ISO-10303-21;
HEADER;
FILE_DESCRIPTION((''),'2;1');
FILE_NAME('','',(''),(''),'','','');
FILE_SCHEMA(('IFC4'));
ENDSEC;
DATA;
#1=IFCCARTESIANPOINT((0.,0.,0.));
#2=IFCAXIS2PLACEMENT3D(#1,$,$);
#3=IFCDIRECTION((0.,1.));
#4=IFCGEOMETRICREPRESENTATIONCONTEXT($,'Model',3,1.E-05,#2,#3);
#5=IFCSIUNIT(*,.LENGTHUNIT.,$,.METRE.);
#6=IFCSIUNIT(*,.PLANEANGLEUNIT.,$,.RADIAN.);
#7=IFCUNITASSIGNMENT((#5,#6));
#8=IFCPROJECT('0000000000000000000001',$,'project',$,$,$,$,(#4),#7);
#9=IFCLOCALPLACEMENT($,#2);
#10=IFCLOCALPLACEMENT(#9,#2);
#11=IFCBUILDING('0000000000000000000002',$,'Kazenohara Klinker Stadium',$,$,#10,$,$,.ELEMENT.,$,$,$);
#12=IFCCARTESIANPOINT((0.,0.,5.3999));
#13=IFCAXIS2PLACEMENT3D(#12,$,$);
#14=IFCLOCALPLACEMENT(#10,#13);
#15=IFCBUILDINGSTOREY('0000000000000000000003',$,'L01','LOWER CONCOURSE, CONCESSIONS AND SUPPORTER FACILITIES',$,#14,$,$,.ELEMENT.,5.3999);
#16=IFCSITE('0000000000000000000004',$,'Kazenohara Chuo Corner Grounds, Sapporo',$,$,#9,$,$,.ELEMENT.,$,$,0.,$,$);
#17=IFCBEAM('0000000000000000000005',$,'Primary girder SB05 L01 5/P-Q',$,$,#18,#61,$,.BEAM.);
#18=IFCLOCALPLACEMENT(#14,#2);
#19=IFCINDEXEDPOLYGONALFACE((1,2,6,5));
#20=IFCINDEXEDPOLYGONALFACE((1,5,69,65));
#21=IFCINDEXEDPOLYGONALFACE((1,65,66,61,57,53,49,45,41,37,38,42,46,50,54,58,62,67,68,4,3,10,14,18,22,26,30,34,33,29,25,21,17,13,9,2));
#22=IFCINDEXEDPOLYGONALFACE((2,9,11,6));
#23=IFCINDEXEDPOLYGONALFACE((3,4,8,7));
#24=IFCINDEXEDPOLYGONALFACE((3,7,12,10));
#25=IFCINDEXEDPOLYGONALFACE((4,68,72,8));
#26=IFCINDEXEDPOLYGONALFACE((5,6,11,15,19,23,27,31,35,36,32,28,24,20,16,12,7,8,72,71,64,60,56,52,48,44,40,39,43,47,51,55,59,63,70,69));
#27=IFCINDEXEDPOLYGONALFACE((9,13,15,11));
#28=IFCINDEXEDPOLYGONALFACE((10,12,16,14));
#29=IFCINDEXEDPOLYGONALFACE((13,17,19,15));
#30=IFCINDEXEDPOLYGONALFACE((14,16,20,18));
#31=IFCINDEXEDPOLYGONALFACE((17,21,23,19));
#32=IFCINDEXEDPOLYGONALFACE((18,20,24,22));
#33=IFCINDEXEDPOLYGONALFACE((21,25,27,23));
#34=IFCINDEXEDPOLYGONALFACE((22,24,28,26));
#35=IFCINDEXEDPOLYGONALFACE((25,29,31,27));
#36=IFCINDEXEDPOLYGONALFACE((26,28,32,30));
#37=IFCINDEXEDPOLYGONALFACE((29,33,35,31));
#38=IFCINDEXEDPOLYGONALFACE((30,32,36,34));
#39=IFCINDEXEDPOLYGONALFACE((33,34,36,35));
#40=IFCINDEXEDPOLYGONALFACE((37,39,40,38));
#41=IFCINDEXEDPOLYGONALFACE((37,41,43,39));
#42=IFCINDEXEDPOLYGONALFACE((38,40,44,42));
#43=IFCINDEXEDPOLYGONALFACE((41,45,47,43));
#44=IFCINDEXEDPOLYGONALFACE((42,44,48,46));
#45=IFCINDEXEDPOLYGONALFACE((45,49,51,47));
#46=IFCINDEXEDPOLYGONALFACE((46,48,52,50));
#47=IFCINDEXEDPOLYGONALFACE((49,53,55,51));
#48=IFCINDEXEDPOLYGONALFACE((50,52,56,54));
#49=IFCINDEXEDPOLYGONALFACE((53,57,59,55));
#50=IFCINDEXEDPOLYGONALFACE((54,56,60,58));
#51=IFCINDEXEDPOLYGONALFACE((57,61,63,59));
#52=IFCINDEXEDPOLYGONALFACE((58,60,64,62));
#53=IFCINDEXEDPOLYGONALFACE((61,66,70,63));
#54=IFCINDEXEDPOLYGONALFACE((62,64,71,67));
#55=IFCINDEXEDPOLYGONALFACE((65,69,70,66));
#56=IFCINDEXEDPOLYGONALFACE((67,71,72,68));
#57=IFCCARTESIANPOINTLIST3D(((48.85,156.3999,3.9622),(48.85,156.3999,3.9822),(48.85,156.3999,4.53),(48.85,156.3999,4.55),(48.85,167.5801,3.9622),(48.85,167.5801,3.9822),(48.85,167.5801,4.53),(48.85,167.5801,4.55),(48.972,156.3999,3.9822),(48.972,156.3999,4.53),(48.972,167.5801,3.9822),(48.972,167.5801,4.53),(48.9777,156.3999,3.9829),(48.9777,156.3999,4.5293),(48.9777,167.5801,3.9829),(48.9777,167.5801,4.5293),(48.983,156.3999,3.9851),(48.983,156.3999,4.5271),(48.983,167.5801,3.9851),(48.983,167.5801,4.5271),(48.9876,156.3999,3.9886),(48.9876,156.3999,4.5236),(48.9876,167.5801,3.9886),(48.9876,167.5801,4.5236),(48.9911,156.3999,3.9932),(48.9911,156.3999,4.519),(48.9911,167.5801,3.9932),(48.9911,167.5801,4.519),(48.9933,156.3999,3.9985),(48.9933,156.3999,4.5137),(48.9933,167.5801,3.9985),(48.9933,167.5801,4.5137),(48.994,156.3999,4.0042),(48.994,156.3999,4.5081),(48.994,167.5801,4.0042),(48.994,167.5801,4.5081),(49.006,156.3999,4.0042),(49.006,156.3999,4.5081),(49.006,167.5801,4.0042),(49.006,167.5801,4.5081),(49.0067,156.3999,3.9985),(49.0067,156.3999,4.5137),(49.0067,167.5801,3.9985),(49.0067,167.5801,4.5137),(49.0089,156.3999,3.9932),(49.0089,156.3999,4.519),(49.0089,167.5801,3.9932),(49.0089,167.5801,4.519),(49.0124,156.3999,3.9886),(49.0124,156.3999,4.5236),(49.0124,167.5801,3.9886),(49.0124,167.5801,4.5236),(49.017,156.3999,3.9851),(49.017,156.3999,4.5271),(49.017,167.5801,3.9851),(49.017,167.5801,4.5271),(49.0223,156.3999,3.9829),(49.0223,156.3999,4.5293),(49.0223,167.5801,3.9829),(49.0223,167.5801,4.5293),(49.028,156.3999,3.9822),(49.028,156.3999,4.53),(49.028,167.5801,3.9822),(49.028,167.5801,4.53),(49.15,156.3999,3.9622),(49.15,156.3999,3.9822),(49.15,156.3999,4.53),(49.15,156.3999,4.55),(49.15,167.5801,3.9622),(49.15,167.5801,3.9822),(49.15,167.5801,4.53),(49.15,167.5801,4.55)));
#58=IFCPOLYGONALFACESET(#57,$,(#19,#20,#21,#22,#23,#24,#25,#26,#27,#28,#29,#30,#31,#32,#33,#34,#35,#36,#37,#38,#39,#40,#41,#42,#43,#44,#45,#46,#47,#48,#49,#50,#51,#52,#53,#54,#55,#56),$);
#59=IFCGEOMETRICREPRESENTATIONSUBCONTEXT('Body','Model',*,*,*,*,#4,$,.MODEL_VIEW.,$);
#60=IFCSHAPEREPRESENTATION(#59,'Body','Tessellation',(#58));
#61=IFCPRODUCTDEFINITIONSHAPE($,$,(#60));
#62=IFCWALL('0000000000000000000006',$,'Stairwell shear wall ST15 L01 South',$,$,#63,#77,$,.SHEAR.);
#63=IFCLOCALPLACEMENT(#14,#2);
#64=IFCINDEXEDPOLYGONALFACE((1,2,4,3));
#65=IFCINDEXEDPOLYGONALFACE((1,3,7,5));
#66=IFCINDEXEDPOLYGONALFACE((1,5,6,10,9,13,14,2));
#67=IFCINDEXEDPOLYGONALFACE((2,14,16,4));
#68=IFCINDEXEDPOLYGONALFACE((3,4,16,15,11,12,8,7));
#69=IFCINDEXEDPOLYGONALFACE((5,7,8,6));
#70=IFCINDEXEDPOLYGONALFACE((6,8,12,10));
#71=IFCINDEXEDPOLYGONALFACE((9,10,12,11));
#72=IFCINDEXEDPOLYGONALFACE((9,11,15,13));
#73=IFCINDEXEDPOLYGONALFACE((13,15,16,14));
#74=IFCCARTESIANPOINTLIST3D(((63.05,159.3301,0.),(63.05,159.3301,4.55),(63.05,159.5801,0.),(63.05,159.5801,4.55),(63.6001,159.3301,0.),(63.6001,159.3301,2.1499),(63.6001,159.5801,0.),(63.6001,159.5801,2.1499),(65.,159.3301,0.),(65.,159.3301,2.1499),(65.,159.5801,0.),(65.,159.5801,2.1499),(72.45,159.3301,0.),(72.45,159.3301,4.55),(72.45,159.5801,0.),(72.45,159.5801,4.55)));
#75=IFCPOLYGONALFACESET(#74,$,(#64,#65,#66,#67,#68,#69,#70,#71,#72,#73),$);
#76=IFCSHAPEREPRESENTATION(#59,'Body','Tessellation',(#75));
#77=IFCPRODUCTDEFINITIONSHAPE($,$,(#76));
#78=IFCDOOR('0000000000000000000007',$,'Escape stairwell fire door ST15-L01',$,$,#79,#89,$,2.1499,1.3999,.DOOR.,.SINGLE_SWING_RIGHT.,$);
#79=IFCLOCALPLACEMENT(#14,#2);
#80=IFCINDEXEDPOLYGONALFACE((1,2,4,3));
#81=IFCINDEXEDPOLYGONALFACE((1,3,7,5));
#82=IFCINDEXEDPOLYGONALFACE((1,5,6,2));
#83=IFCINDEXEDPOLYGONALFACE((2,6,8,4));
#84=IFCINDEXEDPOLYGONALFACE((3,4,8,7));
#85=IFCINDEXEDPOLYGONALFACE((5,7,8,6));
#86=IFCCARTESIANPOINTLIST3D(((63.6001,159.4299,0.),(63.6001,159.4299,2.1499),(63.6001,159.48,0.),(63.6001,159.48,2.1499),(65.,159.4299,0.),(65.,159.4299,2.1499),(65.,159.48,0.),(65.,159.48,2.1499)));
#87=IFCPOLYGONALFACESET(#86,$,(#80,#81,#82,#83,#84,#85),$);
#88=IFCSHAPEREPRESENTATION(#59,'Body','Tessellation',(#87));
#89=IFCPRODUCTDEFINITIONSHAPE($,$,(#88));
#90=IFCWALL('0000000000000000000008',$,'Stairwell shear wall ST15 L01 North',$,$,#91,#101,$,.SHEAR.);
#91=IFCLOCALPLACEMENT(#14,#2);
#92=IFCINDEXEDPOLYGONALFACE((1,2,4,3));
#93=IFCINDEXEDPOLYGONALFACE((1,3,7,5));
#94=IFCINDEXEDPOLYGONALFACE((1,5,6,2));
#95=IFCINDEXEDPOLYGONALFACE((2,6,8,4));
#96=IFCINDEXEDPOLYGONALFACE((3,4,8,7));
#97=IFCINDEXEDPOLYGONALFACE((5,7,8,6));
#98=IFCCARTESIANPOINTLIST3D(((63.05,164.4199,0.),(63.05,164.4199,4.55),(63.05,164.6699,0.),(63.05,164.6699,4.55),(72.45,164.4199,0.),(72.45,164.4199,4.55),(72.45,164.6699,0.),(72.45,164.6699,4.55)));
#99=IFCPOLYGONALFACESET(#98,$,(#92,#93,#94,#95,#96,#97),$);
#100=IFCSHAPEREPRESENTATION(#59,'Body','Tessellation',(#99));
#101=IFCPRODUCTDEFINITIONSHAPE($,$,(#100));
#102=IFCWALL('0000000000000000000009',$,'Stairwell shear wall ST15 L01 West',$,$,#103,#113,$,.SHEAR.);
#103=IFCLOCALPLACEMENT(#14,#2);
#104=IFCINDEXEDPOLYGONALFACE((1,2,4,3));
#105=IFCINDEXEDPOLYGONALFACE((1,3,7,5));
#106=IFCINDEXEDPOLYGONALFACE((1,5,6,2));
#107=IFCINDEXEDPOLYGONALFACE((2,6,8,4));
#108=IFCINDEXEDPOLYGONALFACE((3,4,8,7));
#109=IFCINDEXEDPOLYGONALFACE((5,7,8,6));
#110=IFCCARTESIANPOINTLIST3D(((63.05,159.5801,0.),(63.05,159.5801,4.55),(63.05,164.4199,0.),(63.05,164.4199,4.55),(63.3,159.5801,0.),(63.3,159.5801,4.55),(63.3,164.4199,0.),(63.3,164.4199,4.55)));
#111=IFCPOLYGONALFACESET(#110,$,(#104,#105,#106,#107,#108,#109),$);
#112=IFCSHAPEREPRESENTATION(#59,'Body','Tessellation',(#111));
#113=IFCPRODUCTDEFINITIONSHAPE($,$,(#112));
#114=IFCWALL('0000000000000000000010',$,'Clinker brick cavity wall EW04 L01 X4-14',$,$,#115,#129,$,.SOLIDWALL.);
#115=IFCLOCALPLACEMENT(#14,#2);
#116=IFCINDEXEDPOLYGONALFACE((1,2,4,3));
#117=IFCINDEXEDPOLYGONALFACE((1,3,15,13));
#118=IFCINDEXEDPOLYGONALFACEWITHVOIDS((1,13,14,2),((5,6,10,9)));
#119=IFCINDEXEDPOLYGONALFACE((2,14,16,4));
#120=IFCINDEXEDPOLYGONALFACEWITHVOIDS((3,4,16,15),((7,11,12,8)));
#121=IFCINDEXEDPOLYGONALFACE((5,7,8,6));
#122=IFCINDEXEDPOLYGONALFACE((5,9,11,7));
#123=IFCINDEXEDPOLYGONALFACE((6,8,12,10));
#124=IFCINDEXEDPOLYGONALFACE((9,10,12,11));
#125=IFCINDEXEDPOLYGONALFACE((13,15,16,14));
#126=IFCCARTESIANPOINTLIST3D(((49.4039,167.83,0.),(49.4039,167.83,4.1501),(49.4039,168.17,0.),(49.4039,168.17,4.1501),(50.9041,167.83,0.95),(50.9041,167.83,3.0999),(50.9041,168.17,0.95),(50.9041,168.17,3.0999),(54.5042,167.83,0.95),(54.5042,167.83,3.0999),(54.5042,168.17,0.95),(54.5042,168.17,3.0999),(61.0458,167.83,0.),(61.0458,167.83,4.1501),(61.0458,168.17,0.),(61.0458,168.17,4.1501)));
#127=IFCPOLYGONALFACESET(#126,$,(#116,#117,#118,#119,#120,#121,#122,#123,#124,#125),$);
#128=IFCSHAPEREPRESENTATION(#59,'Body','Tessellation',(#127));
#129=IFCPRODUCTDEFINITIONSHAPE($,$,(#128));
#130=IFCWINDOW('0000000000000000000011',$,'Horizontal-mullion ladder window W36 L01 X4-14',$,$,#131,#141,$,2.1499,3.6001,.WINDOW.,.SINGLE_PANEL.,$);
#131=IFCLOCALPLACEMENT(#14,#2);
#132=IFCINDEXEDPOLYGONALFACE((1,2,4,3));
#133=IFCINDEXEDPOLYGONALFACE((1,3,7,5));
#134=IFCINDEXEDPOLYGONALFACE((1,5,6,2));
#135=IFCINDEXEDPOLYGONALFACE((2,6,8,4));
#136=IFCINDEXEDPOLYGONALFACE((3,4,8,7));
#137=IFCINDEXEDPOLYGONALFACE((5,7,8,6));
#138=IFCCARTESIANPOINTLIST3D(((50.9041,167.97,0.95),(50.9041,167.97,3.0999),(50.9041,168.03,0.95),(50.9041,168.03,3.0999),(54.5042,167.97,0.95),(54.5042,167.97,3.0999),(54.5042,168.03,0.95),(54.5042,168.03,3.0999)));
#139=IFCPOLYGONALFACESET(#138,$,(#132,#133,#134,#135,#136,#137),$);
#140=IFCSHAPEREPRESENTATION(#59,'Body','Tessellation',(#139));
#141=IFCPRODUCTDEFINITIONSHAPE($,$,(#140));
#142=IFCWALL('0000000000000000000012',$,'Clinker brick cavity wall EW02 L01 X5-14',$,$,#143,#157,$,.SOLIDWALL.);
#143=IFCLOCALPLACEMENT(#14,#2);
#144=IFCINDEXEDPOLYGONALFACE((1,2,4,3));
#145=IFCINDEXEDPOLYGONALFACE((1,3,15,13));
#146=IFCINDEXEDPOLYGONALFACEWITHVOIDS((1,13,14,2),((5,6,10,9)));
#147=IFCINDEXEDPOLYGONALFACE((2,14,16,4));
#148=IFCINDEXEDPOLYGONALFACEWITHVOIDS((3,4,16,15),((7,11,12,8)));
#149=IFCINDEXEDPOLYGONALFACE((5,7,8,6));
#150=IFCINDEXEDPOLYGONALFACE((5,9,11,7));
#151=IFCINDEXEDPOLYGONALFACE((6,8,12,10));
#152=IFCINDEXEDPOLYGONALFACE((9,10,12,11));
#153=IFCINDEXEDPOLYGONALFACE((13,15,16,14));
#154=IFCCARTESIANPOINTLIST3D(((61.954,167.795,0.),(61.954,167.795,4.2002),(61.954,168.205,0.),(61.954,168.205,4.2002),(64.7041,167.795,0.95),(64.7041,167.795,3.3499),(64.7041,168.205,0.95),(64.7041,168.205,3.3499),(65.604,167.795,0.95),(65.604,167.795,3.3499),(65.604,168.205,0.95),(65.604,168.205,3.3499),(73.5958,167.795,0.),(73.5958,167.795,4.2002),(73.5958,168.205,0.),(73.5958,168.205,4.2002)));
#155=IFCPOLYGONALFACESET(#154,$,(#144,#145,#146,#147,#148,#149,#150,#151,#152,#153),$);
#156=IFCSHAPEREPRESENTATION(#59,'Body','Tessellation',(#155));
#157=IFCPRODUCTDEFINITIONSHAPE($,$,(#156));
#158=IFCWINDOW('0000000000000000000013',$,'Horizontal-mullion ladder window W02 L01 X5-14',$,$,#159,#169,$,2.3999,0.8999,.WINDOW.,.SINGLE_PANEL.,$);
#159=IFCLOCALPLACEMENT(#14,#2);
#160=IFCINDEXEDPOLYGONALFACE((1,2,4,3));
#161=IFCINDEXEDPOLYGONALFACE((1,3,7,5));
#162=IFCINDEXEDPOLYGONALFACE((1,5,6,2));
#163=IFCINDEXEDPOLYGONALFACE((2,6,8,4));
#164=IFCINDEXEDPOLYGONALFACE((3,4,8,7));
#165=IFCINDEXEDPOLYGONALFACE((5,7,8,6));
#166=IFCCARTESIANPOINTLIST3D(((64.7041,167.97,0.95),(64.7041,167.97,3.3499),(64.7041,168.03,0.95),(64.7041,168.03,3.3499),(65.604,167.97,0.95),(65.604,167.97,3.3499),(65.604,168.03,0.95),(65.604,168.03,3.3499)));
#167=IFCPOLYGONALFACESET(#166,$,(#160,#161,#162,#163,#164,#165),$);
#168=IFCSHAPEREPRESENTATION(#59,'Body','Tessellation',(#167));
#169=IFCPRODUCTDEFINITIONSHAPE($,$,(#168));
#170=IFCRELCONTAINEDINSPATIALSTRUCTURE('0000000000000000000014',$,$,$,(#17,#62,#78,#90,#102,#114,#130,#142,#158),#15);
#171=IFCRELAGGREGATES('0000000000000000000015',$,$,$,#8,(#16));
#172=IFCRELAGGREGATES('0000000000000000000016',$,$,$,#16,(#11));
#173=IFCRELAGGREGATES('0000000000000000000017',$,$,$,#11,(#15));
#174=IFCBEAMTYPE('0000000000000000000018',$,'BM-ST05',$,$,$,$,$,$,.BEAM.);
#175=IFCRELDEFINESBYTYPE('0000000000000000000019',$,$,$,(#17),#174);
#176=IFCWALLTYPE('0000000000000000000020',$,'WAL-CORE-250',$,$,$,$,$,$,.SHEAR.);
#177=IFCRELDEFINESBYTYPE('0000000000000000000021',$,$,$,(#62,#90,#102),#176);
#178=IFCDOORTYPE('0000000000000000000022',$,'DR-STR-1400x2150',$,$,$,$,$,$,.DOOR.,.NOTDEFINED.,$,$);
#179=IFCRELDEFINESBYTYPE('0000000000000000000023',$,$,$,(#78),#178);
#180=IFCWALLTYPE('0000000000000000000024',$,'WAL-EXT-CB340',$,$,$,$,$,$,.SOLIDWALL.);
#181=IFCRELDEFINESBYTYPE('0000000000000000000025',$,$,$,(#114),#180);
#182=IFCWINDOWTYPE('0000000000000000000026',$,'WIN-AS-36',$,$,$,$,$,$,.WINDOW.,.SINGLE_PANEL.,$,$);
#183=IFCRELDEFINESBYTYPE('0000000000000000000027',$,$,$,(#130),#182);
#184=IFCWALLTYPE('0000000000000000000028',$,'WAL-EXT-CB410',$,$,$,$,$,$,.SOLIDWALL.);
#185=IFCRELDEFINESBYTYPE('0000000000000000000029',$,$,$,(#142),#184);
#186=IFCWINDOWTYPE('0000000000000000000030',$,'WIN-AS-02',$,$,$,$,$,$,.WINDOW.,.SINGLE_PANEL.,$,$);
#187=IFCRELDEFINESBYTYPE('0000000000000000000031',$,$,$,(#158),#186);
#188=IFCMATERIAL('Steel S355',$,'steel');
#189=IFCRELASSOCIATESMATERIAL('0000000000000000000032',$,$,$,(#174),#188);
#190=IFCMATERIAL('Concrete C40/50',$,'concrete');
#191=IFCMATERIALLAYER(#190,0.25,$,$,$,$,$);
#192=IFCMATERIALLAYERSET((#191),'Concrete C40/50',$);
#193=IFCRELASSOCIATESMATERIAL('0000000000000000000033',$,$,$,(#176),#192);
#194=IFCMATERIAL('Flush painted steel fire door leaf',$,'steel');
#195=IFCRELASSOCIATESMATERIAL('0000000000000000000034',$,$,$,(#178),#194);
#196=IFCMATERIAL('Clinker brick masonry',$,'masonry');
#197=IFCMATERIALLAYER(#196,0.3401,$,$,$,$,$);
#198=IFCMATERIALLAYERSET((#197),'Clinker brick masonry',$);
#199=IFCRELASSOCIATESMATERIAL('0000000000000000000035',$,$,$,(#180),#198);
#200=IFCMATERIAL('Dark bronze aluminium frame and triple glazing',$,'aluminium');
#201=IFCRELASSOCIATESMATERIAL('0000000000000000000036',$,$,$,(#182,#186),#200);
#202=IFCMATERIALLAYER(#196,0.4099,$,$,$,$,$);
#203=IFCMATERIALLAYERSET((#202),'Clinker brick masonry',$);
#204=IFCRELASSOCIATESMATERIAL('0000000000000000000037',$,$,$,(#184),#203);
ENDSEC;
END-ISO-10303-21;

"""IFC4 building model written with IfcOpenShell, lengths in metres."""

from ifc_helpers import new_model, si_unit, direction, frame, frame_2d, origin, origin_2d, place, context, subcontext, project, spatial, rectangle, i_section, extrude, material, layer, layer_set, material_profile, profile_set, type_object, element, fill, save


model = new_model("IFC4")

# Units and contexts
model_context = context("Model", 3, precision=1e-05, world=origin(), true_north=direction((0.0, 1.0)))
body_context = subcontext(model_context, "Body", "Model", "MODEL_VIEW")
ifc_project = project(units=[si_unit("LENGTHUNIT", "METRE"), si_unit("PLANEANGLEUNIT", "RADIAN")], contexts=[model_context])

# Site, building, storey
site_placement = place(None, origin())
site = spatial("IfcSite", under=ifc_project, at=site_placement, Name="Kazenohara Chuo Corner Grounds, Sapporo", CompositionType="ELEMENT", RefElevation=0.0)
building_placement = place(site_placement, origin())
building = spatial("IfcBuilding", under=site, at=building_placement, Name="Kazenohara Klinker Stadium", CompositionType="ELEMENT")
storey_placement = place(building_placement, frame((0.0, 0.0, 5.3999)))
storey = spatial("IfcBuildingStorey", under=building, at=storey_placement, Name="L01", Description="LOWER CONCOURSE, CONCESSIONS AND SUPPORTER FACILITIES", CompositionType="ELEMENT", Elevation=5.3999)

# Shared definitions
ifc_material_1 = material(Name="Concrete C40/50", Category="concrete")

# Beam
ifc_material_2 = material(Name="Steel S355", Category="steel")
ifc_material_profile_1 = material_profile(ifc_material_2, i_section(OverallWidth=0.3, OverallDepth=0.5879, WebThickness=0.012, FlangeThickness=0.02, FilletRadius=0.022, at=origin_2d()), Name="H-588x300x12x20")
ifc_profile_set_1 = profile_set([ifc_material_profile_1], Name="Steel S355")
beam_type_1 = type_object("IfcBeamType", Name="BM-ST05", PredefinedType="BEAM", material=ifc_profile_set_1)
beam_1_placement = place(storey_placement, frame((49.0, 156.3999, 4.2561), z_axis=(0.0, 1.0, 0.0), x_axis=(-1.0, 0.0, 0.0)))
element("IfcBeam", 1, at=beam_1_placement, inside=storey, type_object=beam_type_1, Name="Primary girder SB05 L01 5/P-Q", PredefinedType="BEAM", context=body_context, shape_type="SweptSolid", body=[
    extrude(i_section(OverallWidth=0.3, OverallDepth=0.5879, WebThickness=0.012, FlangeThickness=0.02, FilletRadius=0.022, at=origin_2d()), origin(), (0.0, 0.0, 1.0), 11.1802),
])

# Wall, opening, door
ifc_layer_1 = layer(ifc_material_1, 0.25)
ifc_layer_set_1 = layer_set([ifc_layer_1], Name="Concrete C40/50")
wall_type_1 = type_object("IfcWallType", Name="WAL-CORE-250", PredefinedType="SHEAR", material=ifc_layer_set_1)
wall_1_placement = place(storey_placement, frame((63.05, 159.4551, 0.0), z_axis=(0.0, 0.0, 1.0), x_axis=(1.0, 0.0, 0.0)))
wall_1 = element("IfcWall", 2, at=wall_1_placement, inside=storey, type_object=wall_type_1, Name="Stairwell shear wall ST15 L01 South", PredefinedType="SHEAR", context=body_context, shape_type="SweptSolid", body=[
    extrude(rectangle(XDim=9.3999, YDim=0.25, at=frame_2d((4.7, 0.0))), origin(), (0.0, 0.0, 1.0), 4.55),
])
opening_1_placement = place(wall_1_placement, frame((0.55, 0.0, 0.0)))
opening_1 = element("IfcOpeningElement", 3, at=opening_1_placement, cuts=wall_1, PredefinedType="OPENING", context=body_context, shape_type="SweptSolid", body=[
    extrude(rectangle(XDim=1.3999, YDim=2.1499, at=frame_2d((0.7, 1.075))), frame((0.0, 0.135, 0.0), z_axis=(0.0, -1.0, 0.0), x_axis=(1.0, 0.0, 0.0)), (0.0, 0.0, 1.0), 0.27),
])
ifc_material_3 = material(Name="Flush painted steel fire door leaf", Category="steel")
door_type_1 = type_object("IfcDoorType", Name="DR-STR-1400x2150", OperationType="NOTDEFINED", PredefinedType="DOOR", material=ifc_material_3)
door_1_placement = place(opening_1_placement, origin())
door_1 = element("IfcDoor", 4, at=door_1_placement, inside=storey, type_object=door_type_1, Name="Escape stairwell fire door ST15-L01", OperationType="SINGLE_SWING_RIGHT", OverallHeight=2.1499, OverallWidth=1.3999, PredefinedType="DOOR", context=body_context, shape_type="SweptSolid", body=[
    extrude(rectangle(XDim=1.3999, YDim=2.1499, at=frame_2d((0.7, 1.075))), frame((0.0, 0.0249, 0.0), z_axis=(0.0, -1.0, 0.0), x_axis=(1.0, 0.0, 0.0)), (0.0, 0.0, 1.0), 0.05),
])
fill(opening_1, door_1)

# Walls
wall_2_placement = place(storey_placement, frame((63.05, 164.5449, 0.0), z_axis=(0.0, 0.0, 1.0), x_axis=(1.0, 0.0, 0.0)))
element("IfcWall", 5, at=wall_2_placement, inside=storey, type_object=wall_type_1, Name="Stairwell shear wall ST15 L01 North", PredefinedType="SHEAR", context=body_context, shape_type="SweptSolid", body=[
    extrude(rectangle(XDim=9.3999, YDim=0.25, at=frame_2d((4.7, 0.0))), origin(), (0.0, 0.0, 1.0), 4.55),
])
wall_3_placement = place(storey_placement, frame((63.175, 159.5801, 0.0), z_axis=(0.0, 0.0, 1.0), x_axis=(0.0, 1.0, 0.0)))
element("IfcWall", 6, at=wall_3_placement, inside=storey, type_object=wall_type_1, Name="Stairwell shear wall ST15 L01 West", PredefinedType="SHEAR", context=body_context, shape_type="SweptSolid", body=[
    extrude(rectangle(XDim=4.8398, YDim=0.25, at=frame_2d((2.4199, 0.0))), origin(), (0.0, 0.0, 1.0), 4.55),
])

# Walls, openings, windows
ifc_material_4 = material(Name="Clinker brick masonry", Category="masonry")
ifc_layer_2 = layer(ifc_material_4, 0.3401)
ifc_layer_set_2 = layer_set([ifc_layer_2], Name="Clinker brick masonry")
wall_type_2 = type_object("IfcWallType", Name="WAL-EXT-CB340", PredefinedType="SOLIDWALL", material=ifc_layer_set_2)
wall_4_placement = place(storey_placement, frame((49.4041, 168.0, 0.0), z_axis=(0.0, 0.0, 1.0), x_axis=(1.0, 0.0, 0.0)))
wall_4 = element("IfcWall", 7, at=wall_4_placement, inside=storey, type_object=wall_type_2, Name="Clinker brick cavity wall EW04 L01 X4-14", PredefinedType="SOLIDWALL", context=body_context, shape_type="SweptSolid", body=[
    extrude(rectangle(XDim=11.6418, YDim=0.3401, at=frame_2d((5.8208, 0.0))), origin(), (0.0, 0.0, 1.0), 4.1501),
])
opening_2_placement = place(wall_4_placement, frame((1.5, 0.0, 0.95)))
opening_2 = element("IfcOpeningElement", 8, at=opening_2_placement, cuts=wall_4, PredefinedType="OPENING", context=body_context, shape_type="SweptSolid", body=[
    extrude(rectangle(XDim=3.6001, YDim=2.1499, at=frame_2d((1.8, 1.075))), frame((0.0, 0.1802, 0.0), z_axis=(0.0, -1.0, 0.0), x_axis=(1.0, 0.0, 0.0)), (0.0, 0.0, 1.0), 0.3601),
])
ifc_material_5 = material(Name="Dark bronze aluminium frame and triple glazing", Category="aluminium")
window_type_1 = type_object("IfcWindowType", Name="WIN-AS-36", PartitioningType="SINGLE_PANEL", PredefinedType="WINDOW", material=ifc_material_5)
window_1_placement = place(opening_2_placement, origin())
window_1 = element("IfcWindow", 9, at=window_1_placement, inside=storey, type_object=window_type_1, Name="Horizontal-mullion ladder window W36 L01 X4-14", OverallHeight=2.1499, OverallWidth=3.6001, PartitioningType="SINGLE_PANEL", PredefinedType="WINDOW", context=body_context, shape_type="SweptSolid", body=[
    extrude(rectangle(XDim=3.6001, YDim=2.1499, at=frame_2d((1.8, 1.075))), frame((0.0, 0.03, 0.0), z_axis=(0.0, -1.0, 0.0), x_axis=(1.0, 0.0, 0.0)), (0.0, 0.0, 1.0), 0.0601),
])
fill(opening_2, window_1)
ifc_layer_3 = layer(ifc_material_4, 0.4099)
ifc_layer_set_3 = layer_set([ifc_layer_3], Name="Clinker brick masonry")
wall_type_3 = type_object("IfcWallType", Name="WAL-EXT-CB410", PredefinedType="SOLIDWALL", material=ifc_layer_set_3)
wall_5_placement = place(storey_placement, frame((61.9541, 168.0, 0.0), z_axis=(0.0, 0.0, 1.0), x_axis=(1.0, 0.0, 0.0)))
wall_5 = element("IfcWall", 10, at=wall_5_placement, inside=storey, type_object=wall_type_3, Name="Clinker brick cavity wall EW02 L01 X5-14", PredefinedType="SOLIDWALL", context=body_context, shape_type="SweptSolid", body=[
    extrude(rectangle(XDim=11.6418, YDim=0.4099, at=frame_2d((5.8208, 0.0))), origin(), (0.0, 0.0, 1.0), 4.2002),
])
opening_3_placement = place(wall_5_placement, frame((2.75, 0.0, 0.95)))
opening_3 = element("IfcOpeningElement", 11, at=opening_3_placement, cuts=wall_5, PredefinedType="OPENING", context=body_context, shape_type="SweptSolid", body=[
    extrude(rectangle(XDim=0.8999, YDim=2.3999, at=frame_2d((0.45, 1.2))), frame((0.0, 0.2148, 0.0), z_axis=(0.0, -1.0, 0.0), x_axis=(1.0, 0.0, 0.0)), (0.0, 0.0, 1.0), 0.4299),
])
window_type_2 = type_object("IfcWindowType", Name="WIN-AS-02", PartitioningType="SINGLE_PANEL", PredefinedType="WINDOW", material=ifc_material_5)
window_2_placement = place(opening_3_placement, origin())
window_2 = element("IfcWindow", 12, at=window_2_placement, inside=storey, type_object=window_type_2, Name="Horizontal-mullion ladder window W02 L01 X5-14", OverallHeight=2.3999, OverallWidth=0.8999, PartitioningType="SINGLE_PANEL", PredefinedType="WINDOW", context=body_context, shape_type="SweptSolid", body=[
    extrude(rectangle(XDim=0.8999, YDim=2.3999, at=frame_2d((0.45, 1.2))), frame((0.0, 0.03, 0.0), z_axis=(0.0, -1.0, 0.0), x_axis=(1.0, 0.0, 0.0)), (0.0, 0.0, 1.0), 0.0601),
])
fill(opening_3, window_2)

save(model, "model.ifc")
